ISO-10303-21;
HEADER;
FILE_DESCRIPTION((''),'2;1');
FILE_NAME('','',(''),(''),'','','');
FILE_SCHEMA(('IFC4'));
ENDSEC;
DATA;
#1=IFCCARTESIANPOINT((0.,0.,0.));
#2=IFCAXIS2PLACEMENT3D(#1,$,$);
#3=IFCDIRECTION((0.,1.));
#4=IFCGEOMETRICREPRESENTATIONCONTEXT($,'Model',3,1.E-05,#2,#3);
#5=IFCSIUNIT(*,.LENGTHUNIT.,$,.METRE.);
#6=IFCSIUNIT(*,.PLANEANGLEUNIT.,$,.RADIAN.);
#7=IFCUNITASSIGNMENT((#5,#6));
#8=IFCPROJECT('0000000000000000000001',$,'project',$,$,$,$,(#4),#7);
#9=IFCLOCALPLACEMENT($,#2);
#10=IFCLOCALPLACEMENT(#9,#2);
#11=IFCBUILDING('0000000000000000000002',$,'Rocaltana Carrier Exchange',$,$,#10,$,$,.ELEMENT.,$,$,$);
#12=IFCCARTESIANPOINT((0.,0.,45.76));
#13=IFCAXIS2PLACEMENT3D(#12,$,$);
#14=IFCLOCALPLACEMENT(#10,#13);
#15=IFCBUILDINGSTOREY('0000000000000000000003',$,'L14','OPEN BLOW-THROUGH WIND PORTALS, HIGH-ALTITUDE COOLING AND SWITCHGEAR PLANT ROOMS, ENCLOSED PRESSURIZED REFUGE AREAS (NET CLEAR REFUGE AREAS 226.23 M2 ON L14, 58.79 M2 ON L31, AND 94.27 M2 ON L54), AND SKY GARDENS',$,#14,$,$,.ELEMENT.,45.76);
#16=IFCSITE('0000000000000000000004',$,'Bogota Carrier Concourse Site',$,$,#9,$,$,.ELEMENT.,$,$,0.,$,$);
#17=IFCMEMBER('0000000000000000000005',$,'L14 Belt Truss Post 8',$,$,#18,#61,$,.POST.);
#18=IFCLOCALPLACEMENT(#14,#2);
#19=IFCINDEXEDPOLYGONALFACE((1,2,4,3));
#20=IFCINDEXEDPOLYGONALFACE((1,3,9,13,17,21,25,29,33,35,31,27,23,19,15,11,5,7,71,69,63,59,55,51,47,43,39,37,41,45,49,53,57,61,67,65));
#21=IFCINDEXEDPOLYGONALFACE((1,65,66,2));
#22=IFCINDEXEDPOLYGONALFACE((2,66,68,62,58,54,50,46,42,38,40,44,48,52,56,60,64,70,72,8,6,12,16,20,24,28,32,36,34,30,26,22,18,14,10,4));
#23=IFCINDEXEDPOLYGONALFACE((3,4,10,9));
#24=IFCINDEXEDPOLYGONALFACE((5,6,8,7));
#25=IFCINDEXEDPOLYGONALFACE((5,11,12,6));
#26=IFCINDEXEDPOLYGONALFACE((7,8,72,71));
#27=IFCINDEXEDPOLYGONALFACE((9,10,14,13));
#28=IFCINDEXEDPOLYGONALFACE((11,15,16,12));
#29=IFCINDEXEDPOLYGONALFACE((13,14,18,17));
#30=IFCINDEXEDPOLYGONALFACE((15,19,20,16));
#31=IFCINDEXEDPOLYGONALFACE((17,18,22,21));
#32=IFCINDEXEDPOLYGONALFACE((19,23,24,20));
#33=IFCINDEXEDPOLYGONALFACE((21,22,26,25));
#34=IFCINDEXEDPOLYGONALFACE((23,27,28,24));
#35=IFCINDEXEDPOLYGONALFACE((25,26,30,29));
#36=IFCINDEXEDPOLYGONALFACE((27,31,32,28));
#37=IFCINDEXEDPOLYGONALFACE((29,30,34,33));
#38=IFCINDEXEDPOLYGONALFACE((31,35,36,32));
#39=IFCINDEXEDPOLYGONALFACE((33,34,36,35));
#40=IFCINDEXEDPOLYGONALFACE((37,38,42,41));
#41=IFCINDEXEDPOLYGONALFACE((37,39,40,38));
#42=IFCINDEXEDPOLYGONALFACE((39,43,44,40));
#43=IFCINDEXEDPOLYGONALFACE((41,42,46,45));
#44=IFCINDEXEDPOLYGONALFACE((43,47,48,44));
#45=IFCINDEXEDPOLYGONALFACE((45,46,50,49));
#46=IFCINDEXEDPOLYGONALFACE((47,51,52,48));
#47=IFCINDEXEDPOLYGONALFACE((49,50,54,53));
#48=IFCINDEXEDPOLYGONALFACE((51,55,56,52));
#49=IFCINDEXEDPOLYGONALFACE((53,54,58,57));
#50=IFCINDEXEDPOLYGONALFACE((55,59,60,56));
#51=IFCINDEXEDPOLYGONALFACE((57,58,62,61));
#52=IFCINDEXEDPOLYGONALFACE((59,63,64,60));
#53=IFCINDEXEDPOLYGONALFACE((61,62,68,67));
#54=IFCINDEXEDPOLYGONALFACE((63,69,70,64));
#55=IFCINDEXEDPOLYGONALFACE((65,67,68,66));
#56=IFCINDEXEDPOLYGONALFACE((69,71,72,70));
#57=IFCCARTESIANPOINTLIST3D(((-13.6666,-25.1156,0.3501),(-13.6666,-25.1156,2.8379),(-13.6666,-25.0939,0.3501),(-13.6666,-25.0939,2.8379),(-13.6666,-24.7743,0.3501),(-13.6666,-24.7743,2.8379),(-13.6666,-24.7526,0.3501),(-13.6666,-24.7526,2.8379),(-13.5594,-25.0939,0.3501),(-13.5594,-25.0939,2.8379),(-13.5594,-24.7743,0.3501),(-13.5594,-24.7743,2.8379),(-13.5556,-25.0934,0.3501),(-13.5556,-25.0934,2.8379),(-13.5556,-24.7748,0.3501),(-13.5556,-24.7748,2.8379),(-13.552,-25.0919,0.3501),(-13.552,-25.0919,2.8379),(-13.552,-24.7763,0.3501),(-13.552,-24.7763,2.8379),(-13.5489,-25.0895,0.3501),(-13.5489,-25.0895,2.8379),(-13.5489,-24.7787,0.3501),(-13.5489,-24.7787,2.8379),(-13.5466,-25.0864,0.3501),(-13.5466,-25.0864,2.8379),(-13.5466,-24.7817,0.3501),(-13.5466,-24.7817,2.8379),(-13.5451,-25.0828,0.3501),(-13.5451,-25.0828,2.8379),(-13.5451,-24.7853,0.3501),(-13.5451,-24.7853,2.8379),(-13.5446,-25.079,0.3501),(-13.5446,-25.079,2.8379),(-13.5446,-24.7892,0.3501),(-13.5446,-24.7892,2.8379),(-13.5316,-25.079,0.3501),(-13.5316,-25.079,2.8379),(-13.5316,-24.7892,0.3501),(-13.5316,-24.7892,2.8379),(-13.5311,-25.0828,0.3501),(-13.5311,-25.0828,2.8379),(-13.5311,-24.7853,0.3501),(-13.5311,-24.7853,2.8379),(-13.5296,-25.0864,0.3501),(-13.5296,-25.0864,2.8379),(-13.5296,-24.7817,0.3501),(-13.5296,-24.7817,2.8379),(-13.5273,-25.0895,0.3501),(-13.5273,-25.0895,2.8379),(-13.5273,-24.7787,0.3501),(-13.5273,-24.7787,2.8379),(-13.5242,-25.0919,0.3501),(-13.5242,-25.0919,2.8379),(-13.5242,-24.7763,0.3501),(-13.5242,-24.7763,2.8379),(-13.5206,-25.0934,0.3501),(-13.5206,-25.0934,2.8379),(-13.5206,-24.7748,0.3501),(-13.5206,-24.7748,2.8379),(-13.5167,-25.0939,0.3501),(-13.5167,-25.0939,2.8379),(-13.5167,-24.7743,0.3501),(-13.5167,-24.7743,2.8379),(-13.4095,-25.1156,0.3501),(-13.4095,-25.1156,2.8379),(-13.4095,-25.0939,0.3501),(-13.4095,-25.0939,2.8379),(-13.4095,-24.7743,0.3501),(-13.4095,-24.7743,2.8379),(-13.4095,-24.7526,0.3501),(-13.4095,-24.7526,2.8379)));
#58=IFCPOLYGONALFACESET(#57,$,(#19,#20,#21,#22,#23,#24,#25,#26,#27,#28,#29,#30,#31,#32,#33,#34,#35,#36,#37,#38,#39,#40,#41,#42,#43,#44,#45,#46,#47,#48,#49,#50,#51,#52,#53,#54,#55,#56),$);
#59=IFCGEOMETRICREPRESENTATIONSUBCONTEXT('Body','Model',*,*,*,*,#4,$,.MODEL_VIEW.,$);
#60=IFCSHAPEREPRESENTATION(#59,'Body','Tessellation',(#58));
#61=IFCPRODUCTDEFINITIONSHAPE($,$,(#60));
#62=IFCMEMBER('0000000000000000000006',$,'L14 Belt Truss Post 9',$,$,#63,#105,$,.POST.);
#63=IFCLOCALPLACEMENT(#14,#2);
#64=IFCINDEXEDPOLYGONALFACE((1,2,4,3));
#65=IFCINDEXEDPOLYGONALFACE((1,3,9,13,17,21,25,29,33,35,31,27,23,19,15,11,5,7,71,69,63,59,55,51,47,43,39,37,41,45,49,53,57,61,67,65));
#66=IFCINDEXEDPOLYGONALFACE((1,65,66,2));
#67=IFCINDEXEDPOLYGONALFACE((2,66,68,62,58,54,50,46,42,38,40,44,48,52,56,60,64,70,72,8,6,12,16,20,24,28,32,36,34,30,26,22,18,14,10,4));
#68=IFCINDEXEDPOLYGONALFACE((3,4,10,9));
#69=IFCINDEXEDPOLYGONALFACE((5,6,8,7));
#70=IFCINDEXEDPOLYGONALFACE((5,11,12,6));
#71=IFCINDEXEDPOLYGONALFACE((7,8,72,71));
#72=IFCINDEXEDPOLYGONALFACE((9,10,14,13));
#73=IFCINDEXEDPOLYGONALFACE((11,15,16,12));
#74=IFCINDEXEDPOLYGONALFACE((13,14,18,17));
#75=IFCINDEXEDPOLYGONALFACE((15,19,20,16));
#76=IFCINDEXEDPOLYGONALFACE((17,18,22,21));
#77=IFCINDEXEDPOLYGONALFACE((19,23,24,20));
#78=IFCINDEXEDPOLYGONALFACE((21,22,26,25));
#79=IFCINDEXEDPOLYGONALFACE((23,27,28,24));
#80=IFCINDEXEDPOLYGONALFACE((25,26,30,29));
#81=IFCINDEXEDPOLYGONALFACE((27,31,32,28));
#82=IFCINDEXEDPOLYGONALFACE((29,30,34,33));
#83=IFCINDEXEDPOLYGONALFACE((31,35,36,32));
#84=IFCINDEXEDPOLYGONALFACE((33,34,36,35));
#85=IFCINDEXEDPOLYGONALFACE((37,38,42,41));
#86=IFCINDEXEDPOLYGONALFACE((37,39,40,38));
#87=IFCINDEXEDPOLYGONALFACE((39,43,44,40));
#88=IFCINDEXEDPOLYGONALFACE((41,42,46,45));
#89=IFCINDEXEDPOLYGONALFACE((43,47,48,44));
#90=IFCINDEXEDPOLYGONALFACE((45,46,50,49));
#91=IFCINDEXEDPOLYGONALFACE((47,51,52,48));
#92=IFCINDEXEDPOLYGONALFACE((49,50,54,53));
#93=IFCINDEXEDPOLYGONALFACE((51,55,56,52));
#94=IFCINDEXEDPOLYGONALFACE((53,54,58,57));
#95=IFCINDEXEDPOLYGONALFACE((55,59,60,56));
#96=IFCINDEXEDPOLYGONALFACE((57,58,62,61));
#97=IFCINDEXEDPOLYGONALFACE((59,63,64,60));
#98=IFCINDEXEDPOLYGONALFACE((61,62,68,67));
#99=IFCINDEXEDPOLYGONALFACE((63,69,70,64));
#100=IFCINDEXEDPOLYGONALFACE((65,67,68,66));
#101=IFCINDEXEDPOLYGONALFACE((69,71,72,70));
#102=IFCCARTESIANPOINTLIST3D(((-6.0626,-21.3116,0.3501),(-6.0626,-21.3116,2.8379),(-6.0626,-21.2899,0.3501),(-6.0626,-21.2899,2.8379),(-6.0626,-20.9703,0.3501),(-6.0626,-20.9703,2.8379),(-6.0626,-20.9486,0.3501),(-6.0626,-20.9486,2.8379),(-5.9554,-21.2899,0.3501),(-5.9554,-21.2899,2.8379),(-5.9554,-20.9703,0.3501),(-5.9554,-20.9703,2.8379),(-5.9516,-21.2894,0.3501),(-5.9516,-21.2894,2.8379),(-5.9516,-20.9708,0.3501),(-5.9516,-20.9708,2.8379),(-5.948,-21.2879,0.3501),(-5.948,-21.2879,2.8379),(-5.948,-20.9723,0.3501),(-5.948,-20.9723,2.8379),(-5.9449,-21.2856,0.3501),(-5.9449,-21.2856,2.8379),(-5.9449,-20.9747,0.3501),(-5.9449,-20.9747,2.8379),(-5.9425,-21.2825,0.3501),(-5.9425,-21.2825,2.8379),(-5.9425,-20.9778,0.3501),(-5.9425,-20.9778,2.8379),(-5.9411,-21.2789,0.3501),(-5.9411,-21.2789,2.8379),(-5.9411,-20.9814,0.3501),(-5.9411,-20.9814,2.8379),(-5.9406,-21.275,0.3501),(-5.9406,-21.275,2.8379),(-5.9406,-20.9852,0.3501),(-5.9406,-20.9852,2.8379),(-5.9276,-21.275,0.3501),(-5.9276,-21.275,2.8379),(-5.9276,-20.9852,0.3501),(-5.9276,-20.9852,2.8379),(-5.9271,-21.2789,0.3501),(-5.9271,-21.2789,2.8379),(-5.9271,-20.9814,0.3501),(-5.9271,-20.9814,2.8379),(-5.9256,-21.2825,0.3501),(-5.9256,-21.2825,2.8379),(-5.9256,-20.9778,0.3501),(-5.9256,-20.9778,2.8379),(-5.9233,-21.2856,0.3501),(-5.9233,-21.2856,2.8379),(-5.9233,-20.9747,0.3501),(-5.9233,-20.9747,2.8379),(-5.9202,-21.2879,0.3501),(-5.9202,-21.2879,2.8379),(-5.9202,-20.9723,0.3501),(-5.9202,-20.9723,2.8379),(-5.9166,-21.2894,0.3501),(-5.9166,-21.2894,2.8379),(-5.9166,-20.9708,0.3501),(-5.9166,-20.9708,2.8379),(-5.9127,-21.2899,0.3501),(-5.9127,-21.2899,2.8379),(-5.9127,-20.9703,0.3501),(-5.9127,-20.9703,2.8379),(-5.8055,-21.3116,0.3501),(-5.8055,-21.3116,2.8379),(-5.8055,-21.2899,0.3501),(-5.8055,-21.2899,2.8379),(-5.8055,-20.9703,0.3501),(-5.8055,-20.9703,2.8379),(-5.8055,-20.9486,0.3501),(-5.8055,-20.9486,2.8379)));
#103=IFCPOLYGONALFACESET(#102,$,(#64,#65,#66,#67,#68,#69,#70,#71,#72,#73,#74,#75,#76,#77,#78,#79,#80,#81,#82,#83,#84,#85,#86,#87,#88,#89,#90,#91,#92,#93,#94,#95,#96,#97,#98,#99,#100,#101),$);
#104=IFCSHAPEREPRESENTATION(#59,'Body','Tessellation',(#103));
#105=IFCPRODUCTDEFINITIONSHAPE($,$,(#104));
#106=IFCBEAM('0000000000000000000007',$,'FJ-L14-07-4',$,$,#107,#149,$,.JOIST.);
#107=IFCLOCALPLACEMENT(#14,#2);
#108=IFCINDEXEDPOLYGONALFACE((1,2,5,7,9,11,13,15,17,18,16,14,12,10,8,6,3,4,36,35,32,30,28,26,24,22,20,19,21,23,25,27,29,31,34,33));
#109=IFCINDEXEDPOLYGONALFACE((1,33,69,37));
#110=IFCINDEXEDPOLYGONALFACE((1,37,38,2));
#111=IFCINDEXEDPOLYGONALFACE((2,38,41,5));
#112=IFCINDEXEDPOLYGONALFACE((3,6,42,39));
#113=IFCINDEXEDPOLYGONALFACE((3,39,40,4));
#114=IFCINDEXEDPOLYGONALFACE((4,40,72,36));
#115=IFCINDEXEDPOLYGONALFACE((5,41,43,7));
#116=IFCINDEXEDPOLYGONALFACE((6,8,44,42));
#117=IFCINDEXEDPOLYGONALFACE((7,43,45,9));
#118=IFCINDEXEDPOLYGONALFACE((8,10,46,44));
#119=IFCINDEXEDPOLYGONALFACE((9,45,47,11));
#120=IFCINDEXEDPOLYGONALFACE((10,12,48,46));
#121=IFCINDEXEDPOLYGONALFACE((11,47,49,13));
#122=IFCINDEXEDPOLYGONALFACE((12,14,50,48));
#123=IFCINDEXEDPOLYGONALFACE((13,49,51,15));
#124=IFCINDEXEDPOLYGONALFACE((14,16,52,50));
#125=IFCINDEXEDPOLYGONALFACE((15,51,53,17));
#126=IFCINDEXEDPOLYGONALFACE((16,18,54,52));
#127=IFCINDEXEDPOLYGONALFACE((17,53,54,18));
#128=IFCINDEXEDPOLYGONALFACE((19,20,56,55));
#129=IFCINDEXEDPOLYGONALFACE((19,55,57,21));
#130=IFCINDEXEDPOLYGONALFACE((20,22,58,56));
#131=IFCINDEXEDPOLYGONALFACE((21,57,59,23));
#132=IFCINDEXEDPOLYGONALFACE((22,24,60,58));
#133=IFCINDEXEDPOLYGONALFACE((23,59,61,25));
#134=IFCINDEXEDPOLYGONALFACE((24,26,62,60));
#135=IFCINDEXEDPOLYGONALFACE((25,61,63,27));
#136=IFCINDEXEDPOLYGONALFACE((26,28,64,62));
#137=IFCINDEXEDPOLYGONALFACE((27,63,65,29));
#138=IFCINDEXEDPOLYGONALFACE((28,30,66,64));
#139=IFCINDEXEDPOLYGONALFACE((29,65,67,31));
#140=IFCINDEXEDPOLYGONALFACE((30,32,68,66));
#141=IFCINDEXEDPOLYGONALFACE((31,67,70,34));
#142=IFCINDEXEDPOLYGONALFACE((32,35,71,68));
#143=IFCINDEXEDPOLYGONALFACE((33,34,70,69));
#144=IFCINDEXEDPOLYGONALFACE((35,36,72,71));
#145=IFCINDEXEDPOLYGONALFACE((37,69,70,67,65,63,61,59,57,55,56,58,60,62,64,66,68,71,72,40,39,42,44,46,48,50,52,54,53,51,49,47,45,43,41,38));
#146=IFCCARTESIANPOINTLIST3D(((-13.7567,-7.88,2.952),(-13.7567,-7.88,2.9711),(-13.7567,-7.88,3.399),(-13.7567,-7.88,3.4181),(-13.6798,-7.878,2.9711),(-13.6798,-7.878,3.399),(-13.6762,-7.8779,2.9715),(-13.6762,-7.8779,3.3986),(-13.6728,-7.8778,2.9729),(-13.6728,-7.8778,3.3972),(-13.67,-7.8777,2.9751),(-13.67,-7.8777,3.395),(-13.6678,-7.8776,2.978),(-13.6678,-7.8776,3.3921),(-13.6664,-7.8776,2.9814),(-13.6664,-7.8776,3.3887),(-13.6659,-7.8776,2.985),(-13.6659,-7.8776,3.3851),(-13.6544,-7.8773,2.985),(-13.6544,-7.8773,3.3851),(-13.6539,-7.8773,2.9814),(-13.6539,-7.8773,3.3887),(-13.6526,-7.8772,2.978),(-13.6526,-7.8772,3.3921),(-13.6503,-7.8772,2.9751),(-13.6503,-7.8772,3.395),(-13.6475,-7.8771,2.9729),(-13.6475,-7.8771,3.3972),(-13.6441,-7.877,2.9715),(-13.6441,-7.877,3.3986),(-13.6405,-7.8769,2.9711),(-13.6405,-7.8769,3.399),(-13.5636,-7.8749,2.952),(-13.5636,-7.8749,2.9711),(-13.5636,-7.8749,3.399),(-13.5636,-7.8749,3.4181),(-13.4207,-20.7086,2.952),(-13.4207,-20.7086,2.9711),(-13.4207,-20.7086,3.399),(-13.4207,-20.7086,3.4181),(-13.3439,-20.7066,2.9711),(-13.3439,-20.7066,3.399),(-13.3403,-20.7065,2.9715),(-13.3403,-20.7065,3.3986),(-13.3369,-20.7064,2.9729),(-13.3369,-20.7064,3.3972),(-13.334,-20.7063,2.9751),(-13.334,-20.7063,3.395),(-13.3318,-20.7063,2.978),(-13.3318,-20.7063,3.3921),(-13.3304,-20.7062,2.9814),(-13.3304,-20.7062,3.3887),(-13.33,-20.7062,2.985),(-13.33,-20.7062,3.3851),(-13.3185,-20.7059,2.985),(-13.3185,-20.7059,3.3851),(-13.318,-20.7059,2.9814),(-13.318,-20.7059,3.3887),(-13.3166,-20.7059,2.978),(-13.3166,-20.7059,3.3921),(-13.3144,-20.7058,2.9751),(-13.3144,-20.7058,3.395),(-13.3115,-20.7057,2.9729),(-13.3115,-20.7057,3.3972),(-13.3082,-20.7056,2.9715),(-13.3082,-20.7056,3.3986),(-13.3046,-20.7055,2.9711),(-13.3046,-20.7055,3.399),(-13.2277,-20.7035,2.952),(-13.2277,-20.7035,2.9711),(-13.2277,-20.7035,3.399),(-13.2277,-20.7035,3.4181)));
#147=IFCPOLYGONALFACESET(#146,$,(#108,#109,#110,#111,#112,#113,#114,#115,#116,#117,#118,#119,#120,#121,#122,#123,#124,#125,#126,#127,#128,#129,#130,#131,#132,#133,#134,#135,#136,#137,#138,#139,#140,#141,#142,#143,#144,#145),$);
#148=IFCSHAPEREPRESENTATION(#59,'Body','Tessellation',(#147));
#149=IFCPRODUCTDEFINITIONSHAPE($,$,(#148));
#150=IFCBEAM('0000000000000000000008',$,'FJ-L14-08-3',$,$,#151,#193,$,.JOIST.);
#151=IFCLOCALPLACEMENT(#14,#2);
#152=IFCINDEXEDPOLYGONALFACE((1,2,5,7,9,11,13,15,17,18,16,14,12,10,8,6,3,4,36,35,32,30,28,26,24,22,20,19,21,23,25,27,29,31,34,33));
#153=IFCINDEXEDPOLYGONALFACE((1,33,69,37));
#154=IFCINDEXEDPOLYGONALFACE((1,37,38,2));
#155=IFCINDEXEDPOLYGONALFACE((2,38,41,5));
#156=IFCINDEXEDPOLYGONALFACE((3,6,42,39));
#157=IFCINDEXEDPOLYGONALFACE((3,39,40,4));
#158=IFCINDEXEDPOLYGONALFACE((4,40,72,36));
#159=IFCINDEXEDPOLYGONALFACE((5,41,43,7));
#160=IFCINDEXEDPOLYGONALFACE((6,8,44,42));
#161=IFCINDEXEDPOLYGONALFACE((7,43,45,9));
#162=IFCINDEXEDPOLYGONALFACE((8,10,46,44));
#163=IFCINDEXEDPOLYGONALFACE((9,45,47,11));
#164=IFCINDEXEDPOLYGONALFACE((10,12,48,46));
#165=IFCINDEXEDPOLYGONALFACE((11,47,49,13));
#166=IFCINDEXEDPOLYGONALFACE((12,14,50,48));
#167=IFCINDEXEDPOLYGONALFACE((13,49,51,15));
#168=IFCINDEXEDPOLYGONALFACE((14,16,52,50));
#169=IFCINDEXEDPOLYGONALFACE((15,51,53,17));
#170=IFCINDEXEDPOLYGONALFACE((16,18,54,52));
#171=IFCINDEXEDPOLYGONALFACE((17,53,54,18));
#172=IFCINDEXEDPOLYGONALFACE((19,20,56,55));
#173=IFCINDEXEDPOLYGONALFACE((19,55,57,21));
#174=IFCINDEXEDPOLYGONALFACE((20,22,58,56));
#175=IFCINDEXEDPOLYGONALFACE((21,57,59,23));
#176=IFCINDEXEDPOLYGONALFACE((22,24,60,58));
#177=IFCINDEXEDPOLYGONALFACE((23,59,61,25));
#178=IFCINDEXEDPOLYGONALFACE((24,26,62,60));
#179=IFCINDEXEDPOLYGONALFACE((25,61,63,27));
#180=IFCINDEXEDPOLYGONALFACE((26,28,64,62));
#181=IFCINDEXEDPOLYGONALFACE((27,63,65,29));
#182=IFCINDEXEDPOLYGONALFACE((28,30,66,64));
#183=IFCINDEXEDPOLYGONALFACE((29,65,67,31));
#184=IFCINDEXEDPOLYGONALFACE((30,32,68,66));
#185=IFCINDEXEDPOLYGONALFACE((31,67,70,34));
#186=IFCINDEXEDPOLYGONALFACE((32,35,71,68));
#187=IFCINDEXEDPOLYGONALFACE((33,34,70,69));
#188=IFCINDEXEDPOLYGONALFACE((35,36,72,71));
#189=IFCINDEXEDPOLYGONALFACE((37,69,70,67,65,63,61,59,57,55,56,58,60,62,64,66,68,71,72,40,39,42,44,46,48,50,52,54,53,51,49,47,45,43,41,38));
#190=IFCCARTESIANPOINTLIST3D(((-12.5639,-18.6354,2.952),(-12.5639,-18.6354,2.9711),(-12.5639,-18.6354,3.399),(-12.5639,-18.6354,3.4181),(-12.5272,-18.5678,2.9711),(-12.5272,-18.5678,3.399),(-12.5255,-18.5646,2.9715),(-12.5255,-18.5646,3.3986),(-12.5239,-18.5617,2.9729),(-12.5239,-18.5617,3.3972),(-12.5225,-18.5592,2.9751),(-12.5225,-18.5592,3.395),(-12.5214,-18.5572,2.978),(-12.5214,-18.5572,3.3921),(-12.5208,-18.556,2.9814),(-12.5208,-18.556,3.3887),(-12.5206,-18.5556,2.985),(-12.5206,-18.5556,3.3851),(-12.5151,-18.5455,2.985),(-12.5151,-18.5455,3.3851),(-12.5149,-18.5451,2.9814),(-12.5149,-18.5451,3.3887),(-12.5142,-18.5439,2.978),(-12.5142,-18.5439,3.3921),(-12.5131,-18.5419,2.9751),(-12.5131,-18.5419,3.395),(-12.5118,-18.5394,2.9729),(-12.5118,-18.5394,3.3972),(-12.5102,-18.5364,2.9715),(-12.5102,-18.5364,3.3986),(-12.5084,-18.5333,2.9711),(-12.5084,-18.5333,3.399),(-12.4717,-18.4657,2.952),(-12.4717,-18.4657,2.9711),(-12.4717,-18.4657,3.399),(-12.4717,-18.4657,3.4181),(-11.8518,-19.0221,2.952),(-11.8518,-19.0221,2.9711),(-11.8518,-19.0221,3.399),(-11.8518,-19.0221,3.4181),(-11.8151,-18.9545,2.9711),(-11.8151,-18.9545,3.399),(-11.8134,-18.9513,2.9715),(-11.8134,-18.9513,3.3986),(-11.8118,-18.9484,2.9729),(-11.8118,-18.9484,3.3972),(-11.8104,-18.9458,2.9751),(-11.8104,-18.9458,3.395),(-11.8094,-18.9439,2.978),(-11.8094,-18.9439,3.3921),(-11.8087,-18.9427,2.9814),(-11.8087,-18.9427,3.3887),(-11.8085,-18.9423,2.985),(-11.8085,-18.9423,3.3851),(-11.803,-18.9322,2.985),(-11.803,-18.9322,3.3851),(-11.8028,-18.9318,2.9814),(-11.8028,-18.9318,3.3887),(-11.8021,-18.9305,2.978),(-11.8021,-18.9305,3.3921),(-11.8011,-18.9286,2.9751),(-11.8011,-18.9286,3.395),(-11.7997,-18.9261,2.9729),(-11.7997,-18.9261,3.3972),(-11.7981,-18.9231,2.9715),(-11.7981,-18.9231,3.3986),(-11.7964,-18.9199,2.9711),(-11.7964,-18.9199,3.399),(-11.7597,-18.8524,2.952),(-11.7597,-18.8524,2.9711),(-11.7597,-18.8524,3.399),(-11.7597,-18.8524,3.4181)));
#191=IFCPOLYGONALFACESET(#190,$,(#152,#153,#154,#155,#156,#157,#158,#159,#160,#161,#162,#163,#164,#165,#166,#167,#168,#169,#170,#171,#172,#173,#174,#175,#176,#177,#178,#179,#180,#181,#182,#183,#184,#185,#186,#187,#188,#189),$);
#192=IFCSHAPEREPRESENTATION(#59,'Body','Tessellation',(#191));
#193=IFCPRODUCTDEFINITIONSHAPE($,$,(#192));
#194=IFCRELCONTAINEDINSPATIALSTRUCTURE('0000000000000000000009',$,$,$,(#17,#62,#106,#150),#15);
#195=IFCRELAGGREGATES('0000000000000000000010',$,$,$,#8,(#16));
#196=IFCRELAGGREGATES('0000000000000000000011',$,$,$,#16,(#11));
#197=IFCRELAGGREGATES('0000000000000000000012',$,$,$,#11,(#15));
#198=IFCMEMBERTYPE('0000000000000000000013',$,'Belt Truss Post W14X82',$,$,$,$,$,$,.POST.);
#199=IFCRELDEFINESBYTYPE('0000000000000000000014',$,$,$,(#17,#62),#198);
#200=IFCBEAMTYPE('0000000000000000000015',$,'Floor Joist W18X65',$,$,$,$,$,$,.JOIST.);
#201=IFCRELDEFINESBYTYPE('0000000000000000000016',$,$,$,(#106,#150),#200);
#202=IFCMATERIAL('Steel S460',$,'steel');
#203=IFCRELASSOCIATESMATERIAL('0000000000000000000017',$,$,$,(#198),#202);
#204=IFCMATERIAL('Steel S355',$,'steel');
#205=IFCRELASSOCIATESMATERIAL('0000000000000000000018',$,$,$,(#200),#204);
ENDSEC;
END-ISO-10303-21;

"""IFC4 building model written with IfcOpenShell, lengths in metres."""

from ifc_helpers import new_model, si_unit, direction, frame, origin, origin_2d, place, context, subcontext, project, spatial, i_section, extrude, material, material_profile, profile_set, type_object, element, save


model = new_model("IFC4")

# Units and contexts
model_context = context("Model", 3, precision=1e-05, world=origin(), true_north=direction((0.0, 1.0)))
body_context = subcontext(model_context, "Body", "Model", "MODEL_VIEW")
ifc_project = project(units=[si_unit("LENGTHUNIT", "METRE"), si_unit("PLANEANGLEUNIT", "RADIAN")], contexts=[model_context])

# Site, building, storey
site_placement = place(None, origin())
site = spatial("IfcSite", under=ifc_project, at=site_placement, Name="Bogota Carrier Concourse Site", CompositionType="ELEMENT", RefElevation=0.0)
building_placement = place(site_placement, origin())
building = spatial("IfcBuilding", under=site, at=building_placement, Name="Rocaltana Carrier Exchange", CompositionType="ELEMENT")
storey_placement = place(building_placement, frame((0.0, 0.0, 45.76)))
storey = spatial("IfcBuildingStorey", under=building, at=storey_placement, Name="L14", Description="OPEN BLOW-THROUGH WIND PORTALS, HIGH-ALTITUDE COOLING AND SWITCHGEAR PLANT ROOMS, ENCLOSED PRESSURIZED REFUGE AREAS (NET CLEAR REFUGE AREAS 226.23 M2 ON L14, 58.79 M2 ON L31, AND 94.27 M2 ON L54), AND SKY GARDENS", CompositionType="ELEMENT", Elevation=45.76)

# Members
ifc_material_1 = material(Name="Steel S460", Category="steel")
ifc_material_profile_1 = material_profile(ifc_material_1, i_section(OverallWidth=0.2571, OverallDepth=0.363, WebThickness=0.0129, FlangeThickness=0.0217, FilletRadius=0.0149, at=origin_2d()), Name="W14X82")
ifc_profile_set_1 = profile_set([ifc_material_profile_1], Name="Steel S460")
member_type_1 = type_object("IfcMemberType", Name="Belt Truss Post W14X82", PredefinedType="POST", material=ifc_profile_set_1)
for number, where, z_axis, x_axis, name in (
    (1, (-13.5381, -24.9341, 0.3501), (0.0, 0.0, 1.0), (1.0, 0.0, 0.0), "L14 Belt Truss Post 8"),
    (2, (-5.9341, -21.1301, 0.3501), (0.0, 0.0, 1.0), (1.0, 0.0, 0.0), "L14 Belt Truss Post 9"),
):
    element("IfcMember", number, at=place(storey_placement, frame(where, z_axis=z_axis, x_axis=x_axis)), inside=storey, type_object=member_type_1, Name=name, PredefinedType="POST", context=body_context, shape_type="SweptSolid", body=[
        extrude(i_section(OverallWidth=0.2571, OverallDepth=0.363, WebThickness=0.0129, FlangeThickness=0.0217, FilletRadius=0.0149, at=origin_2d()), origin(), (0.0, 0.0, 1.0), 2.4878),
    ])

# Beams
ifc_material_2 = material(Name="Steel S355", Category="steel")
ifc_material_profile_2 = material_profile(ifc_material_2, i_section(OverallWidth=0.1931, OverallDepth=0.4661, WebThickness=0.0115, FlangeThickness=0.019, FilletRadius=0.0139, at=origin_2d()), Name="W18X65")
ifc_profile_set_2 = profile_set([ifc_material_profile_2], Name="Steel S355")
beam_type_1 = type_object("IfcBeamType", Name="Floor Joist W18X65", PredefinedType="JOIST", material=ifc_profile_set_2)
beam_1_placement = place(storey_placement, frame((-13.6602, -7.8774, 3.1851), z_axis=(0.026178, -0.999657, 0.0), x_axis=(0.999657, 0.026178, 0.0)))
element("IfcBeam", 3, at=beam_1_placement, inside=storey, type_object=beam_type_1, Name="FJ-L14-07-4", PredefinedType="JOIST", context=body_context, shape_type="SweptSolid", body=[
    extrude(i_section(OverallWidth=0.1931, OverallDepth=0.4661, WebThickness=0.0115, FlangeThickness=0.019, FilletRadius=0.0139, at=origin_2d()), origin(), (0.0, 0.0, 1.0), 12.833),
])
beam_2_placement = place(storey_placement, frame((-12.5178, -18.5505, 3.1851), z_axis=(0.878792, -0.477205, 0.0), x_axis=(0.477205, 0.878792, 0.0)))
element("IfcBeam", 4, at=beam_2_placement, inside=storey, type_object=beam_type_1, Name="FJ-L14-08-3", PredefinedType="JOIST", context=body_context, shape_type="SweptSolid", body=[
    extrude(i_section(OverallWidth=0.1931, OverallDepth=0.4661, WebThickness=0.0115, FlangeThickness=0.019, FilletRadius=0.0139, at=origin_2d()), origin(), (0.0, 0.0, 1.0), 0.8103),
])

save(model, "model.ifc")
